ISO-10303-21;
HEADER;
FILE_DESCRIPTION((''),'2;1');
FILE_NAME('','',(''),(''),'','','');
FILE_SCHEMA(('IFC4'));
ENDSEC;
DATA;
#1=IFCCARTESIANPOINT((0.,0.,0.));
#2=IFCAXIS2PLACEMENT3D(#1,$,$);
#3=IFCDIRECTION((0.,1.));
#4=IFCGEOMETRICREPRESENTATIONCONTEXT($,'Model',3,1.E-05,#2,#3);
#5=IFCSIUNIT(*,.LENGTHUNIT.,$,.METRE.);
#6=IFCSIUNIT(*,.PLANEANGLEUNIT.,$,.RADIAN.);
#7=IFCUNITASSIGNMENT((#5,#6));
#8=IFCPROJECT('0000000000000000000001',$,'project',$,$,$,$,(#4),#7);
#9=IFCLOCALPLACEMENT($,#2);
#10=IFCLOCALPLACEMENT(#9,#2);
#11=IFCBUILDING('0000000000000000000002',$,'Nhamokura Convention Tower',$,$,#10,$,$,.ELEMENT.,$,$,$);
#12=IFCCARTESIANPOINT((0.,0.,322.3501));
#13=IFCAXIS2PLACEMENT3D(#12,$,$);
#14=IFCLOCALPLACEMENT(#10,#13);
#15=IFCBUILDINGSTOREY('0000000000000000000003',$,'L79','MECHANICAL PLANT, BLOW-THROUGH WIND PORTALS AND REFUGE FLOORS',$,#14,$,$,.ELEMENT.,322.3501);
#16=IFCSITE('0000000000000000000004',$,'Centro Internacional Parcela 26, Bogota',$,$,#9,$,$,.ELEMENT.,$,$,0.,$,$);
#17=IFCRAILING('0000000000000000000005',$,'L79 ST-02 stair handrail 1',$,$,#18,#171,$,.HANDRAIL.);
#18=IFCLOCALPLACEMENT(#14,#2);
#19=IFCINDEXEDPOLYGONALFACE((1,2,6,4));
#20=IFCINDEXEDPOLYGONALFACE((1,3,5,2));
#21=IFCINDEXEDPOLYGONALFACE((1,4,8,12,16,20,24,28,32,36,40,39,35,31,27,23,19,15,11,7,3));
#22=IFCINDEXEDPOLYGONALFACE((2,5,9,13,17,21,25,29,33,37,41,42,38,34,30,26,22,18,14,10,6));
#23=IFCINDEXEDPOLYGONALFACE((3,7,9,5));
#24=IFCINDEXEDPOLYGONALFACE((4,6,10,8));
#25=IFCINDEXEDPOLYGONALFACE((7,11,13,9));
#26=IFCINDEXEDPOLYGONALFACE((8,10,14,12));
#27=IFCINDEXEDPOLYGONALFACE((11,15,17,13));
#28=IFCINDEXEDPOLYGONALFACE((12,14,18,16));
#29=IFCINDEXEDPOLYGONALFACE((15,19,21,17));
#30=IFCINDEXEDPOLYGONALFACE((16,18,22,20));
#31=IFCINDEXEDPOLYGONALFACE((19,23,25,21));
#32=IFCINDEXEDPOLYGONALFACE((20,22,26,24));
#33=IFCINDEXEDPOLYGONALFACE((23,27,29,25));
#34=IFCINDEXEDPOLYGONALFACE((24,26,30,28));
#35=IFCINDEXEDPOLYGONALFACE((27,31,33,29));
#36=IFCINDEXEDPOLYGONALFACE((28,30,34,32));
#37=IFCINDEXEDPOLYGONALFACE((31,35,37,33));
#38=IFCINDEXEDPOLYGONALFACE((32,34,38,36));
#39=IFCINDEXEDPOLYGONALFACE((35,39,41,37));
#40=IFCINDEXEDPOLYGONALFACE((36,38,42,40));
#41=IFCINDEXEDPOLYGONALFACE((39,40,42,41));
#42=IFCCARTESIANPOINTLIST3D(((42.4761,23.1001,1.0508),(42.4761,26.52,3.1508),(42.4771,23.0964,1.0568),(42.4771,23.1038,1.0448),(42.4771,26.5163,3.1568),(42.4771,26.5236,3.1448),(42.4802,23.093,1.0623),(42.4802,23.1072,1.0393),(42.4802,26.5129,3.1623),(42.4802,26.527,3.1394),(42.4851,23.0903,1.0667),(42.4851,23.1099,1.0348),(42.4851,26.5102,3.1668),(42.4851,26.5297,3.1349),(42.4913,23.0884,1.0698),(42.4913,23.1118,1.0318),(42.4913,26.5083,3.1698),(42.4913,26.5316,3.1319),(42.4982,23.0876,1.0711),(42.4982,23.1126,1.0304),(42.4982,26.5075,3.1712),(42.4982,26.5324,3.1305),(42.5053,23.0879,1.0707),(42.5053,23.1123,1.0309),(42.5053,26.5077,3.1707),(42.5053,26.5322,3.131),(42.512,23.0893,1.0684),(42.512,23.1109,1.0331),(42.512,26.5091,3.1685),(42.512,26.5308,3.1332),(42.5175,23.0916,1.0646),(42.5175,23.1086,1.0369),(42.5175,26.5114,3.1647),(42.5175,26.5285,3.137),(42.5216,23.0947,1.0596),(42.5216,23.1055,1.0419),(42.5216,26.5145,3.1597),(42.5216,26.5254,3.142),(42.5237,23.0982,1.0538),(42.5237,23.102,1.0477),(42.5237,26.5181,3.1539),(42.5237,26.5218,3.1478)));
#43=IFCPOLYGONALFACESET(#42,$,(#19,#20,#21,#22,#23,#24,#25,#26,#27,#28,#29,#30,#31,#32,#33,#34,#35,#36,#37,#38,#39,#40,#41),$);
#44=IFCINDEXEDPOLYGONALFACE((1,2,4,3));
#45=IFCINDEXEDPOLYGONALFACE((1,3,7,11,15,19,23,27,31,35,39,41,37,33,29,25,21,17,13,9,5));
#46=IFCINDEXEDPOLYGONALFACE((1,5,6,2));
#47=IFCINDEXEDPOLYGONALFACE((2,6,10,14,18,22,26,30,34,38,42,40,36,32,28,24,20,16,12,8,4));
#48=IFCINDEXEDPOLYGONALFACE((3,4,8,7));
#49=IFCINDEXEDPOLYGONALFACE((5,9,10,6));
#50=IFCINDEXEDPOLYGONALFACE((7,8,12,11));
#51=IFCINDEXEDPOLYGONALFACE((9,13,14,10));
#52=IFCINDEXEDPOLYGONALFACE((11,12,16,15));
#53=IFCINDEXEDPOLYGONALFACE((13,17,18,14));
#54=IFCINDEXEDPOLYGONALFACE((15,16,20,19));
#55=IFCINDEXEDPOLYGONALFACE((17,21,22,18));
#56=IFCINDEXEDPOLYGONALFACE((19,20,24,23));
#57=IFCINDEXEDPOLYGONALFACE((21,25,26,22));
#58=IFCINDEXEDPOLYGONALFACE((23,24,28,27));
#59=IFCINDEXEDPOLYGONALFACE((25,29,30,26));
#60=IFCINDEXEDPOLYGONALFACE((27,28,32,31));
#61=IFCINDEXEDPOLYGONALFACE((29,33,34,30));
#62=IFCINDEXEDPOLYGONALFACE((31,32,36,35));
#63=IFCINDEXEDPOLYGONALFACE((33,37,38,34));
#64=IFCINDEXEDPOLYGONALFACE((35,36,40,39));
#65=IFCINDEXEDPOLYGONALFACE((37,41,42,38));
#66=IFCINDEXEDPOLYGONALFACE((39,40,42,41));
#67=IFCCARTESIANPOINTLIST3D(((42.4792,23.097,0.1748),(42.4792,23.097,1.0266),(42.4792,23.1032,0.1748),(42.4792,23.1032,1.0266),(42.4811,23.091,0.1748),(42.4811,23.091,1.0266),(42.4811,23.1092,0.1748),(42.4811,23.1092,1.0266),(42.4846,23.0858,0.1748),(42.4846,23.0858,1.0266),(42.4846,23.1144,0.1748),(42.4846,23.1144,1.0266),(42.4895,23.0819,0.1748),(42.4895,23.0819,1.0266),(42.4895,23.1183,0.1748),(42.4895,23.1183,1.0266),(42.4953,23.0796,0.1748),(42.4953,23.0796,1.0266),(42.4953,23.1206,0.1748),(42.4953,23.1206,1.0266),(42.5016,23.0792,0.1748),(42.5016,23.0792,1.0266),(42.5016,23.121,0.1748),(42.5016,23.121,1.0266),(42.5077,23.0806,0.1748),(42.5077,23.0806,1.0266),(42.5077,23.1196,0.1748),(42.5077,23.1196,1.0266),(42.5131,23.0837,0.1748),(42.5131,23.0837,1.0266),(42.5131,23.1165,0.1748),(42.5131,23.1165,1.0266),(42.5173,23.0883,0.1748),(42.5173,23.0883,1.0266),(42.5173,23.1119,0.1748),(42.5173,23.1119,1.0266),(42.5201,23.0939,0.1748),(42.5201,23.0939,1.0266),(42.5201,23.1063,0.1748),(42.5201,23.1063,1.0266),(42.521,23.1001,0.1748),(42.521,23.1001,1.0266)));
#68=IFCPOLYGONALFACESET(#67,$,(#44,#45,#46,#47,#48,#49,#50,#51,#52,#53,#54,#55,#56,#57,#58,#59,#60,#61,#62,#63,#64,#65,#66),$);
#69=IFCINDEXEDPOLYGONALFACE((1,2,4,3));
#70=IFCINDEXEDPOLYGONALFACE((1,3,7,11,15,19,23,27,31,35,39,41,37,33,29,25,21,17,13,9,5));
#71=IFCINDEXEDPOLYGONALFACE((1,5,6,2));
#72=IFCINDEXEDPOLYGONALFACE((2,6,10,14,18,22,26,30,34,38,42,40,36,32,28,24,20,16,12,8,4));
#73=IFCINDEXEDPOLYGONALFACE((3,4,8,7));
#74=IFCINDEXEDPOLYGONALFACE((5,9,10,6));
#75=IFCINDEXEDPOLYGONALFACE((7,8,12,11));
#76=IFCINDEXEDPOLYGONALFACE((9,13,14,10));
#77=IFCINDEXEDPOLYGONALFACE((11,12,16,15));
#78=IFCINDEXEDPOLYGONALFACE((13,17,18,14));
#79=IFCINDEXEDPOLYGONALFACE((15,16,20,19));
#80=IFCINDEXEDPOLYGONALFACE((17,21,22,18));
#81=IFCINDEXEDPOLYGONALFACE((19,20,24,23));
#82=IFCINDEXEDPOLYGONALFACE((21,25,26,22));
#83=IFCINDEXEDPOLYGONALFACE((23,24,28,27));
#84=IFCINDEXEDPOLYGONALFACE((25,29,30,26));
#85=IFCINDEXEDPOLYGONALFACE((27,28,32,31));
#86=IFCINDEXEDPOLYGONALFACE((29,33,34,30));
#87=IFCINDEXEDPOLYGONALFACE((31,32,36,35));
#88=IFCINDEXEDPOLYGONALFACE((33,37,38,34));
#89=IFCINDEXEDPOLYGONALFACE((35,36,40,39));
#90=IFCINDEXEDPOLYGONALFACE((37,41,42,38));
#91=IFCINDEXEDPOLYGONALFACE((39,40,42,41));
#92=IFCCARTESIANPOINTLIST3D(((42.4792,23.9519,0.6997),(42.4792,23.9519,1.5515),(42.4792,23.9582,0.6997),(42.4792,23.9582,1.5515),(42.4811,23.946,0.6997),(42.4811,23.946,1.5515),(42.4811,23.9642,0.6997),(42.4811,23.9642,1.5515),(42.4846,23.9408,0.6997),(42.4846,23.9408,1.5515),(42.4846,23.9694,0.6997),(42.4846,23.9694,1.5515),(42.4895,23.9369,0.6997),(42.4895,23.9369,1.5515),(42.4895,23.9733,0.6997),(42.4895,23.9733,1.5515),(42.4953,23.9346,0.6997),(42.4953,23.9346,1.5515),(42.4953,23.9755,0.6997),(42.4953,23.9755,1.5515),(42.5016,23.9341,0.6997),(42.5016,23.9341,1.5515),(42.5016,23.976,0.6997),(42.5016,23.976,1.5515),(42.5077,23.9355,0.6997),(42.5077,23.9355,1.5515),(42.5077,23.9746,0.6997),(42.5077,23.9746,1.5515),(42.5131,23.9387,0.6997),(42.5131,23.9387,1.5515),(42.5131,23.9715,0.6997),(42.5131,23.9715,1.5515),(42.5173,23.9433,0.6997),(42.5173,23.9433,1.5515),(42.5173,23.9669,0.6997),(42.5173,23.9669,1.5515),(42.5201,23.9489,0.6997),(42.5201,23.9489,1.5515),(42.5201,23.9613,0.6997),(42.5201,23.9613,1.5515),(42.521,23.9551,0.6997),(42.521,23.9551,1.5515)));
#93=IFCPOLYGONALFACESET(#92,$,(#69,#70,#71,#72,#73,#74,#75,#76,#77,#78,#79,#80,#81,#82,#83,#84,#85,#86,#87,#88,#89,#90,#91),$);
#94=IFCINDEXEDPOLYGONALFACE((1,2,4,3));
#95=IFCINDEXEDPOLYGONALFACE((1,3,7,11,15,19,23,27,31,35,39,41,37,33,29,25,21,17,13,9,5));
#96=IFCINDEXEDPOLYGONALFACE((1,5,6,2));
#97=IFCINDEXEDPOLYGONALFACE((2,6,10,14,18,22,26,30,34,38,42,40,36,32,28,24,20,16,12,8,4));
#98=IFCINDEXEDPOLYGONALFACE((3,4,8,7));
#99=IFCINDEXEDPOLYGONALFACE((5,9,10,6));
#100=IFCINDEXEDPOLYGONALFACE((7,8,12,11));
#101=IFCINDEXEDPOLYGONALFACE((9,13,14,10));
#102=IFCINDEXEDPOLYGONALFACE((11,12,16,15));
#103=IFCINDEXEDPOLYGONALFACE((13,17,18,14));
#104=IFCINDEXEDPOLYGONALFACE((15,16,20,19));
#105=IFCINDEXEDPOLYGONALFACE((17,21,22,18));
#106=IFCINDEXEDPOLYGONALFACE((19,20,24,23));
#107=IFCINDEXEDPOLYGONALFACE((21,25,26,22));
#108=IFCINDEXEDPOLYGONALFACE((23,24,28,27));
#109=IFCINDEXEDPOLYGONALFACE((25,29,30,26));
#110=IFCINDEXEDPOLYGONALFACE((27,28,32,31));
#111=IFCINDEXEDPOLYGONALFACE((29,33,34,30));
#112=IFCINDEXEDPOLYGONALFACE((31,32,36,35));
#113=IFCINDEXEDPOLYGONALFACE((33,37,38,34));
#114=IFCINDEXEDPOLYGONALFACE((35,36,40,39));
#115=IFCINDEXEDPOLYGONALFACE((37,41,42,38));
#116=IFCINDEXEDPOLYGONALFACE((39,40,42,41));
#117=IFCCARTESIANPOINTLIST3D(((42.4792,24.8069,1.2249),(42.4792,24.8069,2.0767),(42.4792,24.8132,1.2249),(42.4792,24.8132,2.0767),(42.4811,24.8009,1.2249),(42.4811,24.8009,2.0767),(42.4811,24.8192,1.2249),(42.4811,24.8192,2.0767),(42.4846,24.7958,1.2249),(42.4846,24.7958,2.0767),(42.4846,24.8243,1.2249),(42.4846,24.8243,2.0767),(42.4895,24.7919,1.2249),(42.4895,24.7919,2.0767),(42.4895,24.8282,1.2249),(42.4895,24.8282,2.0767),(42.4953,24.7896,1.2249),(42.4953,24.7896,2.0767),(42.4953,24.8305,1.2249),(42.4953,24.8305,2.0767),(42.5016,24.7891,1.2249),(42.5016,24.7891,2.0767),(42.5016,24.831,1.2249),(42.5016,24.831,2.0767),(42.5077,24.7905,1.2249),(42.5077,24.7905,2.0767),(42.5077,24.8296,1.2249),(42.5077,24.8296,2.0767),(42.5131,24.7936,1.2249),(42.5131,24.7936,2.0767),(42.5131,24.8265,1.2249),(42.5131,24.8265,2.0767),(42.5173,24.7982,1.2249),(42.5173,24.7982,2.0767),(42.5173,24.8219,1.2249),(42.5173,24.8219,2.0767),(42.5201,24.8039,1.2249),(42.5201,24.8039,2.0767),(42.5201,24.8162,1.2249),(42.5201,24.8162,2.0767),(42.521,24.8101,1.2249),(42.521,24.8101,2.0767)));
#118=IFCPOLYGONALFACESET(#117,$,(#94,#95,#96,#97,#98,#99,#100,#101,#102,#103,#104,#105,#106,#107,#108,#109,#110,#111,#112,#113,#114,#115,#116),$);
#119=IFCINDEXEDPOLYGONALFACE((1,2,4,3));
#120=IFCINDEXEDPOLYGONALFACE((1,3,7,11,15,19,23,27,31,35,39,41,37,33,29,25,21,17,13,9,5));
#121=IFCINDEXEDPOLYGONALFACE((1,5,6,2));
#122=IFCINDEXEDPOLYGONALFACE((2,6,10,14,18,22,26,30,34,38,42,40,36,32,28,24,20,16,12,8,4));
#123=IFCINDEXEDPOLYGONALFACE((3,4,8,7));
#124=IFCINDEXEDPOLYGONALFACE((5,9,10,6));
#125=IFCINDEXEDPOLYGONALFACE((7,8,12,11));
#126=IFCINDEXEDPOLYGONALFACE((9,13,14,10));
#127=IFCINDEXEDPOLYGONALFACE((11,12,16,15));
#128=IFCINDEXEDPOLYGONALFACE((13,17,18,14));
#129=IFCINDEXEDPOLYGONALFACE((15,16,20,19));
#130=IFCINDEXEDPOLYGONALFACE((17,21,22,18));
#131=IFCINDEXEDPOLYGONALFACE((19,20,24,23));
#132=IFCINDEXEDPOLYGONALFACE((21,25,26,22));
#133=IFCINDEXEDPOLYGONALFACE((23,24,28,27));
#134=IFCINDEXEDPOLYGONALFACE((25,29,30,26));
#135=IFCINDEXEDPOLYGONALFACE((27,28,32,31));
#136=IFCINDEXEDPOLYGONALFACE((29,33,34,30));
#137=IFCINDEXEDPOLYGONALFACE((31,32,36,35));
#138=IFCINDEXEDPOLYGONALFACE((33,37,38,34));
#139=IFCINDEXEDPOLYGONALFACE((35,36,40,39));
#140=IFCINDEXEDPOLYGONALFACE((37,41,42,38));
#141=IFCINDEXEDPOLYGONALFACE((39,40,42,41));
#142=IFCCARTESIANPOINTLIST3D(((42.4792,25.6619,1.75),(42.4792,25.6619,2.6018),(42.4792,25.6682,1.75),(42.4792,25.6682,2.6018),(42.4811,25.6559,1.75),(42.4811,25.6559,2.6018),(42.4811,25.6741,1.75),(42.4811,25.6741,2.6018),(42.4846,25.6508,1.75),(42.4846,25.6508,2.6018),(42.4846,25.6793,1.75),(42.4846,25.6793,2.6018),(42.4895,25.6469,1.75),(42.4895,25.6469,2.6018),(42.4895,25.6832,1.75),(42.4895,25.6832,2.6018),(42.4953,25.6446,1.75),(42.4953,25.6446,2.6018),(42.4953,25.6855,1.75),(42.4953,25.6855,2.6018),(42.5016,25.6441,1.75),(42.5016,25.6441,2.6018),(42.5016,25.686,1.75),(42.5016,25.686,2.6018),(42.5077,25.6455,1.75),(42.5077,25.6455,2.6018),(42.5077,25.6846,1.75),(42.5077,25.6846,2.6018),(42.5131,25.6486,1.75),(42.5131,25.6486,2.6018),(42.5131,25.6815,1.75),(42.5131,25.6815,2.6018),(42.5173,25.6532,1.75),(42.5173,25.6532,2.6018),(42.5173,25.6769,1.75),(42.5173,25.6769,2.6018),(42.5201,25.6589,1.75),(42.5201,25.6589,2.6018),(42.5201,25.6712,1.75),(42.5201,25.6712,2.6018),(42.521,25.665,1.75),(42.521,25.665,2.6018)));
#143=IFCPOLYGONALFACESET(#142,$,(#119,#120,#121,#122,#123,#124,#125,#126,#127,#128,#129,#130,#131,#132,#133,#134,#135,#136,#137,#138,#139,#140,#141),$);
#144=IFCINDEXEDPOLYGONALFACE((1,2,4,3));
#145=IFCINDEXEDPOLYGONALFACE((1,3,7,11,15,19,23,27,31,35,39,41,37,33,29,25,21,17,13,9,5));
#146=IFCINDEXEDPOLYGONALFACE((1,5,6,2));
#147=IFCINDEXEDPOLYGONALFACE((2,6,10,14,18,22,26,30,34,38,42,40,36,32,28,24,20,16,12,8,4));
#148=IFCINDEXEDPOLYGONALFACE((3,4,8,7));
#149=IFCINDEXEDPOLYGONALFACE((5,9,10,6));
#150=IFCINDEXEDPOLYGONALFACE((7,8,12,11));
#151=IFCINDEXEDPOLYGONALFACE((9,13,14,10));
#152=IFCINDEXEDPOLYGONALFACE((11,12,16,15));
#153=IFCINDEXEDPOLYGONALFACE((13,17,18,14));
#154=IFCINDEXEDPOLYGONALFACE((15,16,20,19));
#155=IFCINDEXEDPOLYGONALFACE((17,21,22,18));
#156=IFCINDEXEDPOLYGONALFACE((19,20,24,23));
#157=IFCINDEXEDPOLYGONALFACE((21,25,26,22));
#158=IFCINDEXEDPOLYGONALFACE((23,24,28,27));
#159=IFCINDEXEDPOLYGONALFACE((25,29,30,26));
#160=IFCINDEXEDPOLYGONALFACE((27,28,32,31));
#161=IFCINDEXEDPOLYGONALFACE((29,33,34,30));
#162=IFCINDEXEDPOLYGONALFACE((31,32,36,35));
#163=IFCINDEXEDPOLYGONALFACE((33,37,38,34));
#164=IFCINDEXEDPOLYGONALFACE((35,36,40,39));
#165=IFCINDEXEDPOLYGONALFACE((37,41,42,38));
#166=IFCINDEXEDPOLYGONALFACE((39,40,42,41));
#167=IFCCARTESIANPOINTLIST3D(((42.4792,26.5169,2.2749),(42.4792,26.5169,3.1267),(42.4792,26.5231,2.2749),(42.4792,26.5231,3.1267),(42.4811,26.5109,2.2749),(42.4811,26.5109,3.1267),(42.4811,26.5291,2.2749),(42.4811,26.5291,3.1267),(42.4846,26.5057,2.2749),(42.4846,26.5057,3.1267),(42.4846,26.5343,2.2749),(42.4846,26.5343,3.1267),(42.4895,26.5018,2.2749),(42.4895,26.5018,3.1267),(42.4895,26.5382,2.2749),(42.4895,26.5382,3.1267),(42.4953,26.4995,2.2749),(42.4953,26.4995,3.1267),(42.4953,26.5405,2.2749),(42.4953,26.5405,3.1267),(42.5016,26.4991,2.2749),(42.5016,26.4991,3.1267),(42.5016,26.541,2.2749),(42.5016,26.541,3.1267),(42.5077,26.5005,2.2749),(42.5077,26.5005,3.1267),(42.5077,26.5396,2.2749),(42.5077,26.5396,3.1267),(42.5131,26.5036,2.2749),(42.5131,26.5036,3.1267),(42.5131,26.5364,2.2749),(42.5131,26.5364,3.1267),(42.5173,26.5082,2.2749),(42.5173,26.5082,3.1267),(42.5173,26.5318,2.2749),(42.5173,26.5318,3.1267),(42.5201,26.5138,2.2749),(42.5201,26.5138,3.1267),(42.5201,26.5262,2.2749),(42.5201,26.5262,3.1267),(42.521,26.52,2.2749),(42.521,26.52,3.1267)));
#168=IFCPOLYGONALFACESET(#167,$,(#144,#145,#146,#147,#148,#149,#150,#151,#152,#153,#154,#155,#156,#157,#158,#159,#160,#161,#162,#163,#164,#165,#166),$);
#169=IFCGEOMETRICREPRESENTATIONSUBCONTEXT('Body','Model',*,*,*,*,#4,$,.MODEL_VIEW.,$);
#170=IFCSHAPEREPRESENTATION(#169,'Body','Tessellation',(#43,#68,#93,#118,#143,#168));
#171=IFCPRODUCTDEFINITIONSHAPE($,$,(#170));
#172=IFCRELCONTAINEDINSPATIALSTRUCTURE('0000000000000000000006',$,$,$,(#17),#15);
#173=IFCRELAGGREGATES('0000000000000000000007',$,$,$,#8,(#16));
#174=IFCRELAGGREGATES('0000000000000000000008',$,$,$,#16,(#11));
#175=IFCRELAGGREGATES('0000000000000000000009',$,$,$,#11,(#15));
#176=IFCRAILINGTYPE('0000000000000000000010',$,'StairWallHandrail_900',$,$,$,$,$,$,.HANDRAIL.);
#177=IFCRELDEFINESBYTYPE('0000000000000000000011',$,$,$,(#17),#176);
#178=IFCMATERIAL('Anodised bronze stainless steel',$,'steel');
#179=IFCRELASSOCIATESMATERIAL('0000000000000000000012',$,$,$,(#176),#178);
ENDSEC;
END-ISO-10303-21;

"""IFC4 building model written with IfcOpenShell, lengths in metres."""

from ifc_helpers import new_model, si_unit, direction, frame, origin, origin_2d, place, context, subcontext, project, spatial, circle, extrude, material, type_object, element, save


model = new_model("IFC4")

# Units and contexts
model_context = context("Model", 3, precision=1e-05, world=origin(), true_north=direction((0.0, 1.0)))
body_context = subcontext(model_context, "Body", "Model", "MODEL_VIEW")
ifc_project = project(units=[si_unit("LENGTHUNIT", "METRE"), si_unit("PLANEANGLEUNIT", "RADIAN")], contexts=[model_context])

# Site, building, storey
site_placement = place(None, origin())
site = spatial("IfcSite", under=ifc_project, at=site_placement, Name="Centro Internacional Parcela 26, Bogota", CompositionType="ELEMENT", RefElevation=0.0)
building_placement = place(site_placement, origin())
building = spatial("IfcBuilding", under=site, at=building_placement, Name="Nhamokura Convention Tower", CompositionType="ELEMENT")
storey_placement = place(building_placement, frame((0.0, 0.0, 322.3501)))
storey = spatial("IfcBuildingStorey", under=building, at=storey_placement, Name="L79", Description="MECHANICAL PLANT, BLOW-THROUGH WIND PORTALS AND REFUGE FLOORS", CompositionType="ELEMENT", Elevation=322.3501)

# Railing
ifc_material_1 = material(Name="Anodised bronze stainless steel", Category="steel")
railing_type = type_object("IfcRailingType", Name="StairWallHandrail_900", PredefinedType="HANDRAIL", material=ifc_material_1)
railing_placement = place(storey_placement, frame((42.5, 23.1001, 0.1748)))
element("IfcRailing", 1, at=railing_placement, inside=storey, type_object=railing_type, Name="L79 ST-02 stair handrail 1", PredefinedType="HANDRAIL", context=body_context, shape_type="SweptSolid", body=[
    extrude(circle(Radius=0.0239, at=origin_2d()), frame((0.0, 0.0, 0.876), z_axis=(0.0, 0.852155, 0.523289), x_axis=(-1.0, 0.0, 0.0)), (0.0, 0.0, 1.0), 4.0132),
    extrude(circle(Radius=0.021, at=origin_2d()), origin(), (0.0, 0.0, 1.0), 0.8518),
    extrude(circle(Radius=0.021, at=origin_2d()), frame((0.0, 0.855, 0.5249)), (0.0, 0.0, 1.0), 0.8518),
    extrude(circle(Radius=0.021, at=origin_2d()), frame((0.0, 1.71, 1.05)), (0.0, 0.0, 1.0), 0.8518),
    extrude(circle(Radius=0.021, at=origin_2d()), frame((0.0, 2.5649, 1.5752)), (0.0, 0.0, 1.0), 0.8518),
    extrude(circle(Radius=0.021, at=origin_2d()), frame((0.0, 3.4199, 2.1001)), (0.0, 0.0, 1.0), 0.8518),
])

save(model, "model.ifc")
